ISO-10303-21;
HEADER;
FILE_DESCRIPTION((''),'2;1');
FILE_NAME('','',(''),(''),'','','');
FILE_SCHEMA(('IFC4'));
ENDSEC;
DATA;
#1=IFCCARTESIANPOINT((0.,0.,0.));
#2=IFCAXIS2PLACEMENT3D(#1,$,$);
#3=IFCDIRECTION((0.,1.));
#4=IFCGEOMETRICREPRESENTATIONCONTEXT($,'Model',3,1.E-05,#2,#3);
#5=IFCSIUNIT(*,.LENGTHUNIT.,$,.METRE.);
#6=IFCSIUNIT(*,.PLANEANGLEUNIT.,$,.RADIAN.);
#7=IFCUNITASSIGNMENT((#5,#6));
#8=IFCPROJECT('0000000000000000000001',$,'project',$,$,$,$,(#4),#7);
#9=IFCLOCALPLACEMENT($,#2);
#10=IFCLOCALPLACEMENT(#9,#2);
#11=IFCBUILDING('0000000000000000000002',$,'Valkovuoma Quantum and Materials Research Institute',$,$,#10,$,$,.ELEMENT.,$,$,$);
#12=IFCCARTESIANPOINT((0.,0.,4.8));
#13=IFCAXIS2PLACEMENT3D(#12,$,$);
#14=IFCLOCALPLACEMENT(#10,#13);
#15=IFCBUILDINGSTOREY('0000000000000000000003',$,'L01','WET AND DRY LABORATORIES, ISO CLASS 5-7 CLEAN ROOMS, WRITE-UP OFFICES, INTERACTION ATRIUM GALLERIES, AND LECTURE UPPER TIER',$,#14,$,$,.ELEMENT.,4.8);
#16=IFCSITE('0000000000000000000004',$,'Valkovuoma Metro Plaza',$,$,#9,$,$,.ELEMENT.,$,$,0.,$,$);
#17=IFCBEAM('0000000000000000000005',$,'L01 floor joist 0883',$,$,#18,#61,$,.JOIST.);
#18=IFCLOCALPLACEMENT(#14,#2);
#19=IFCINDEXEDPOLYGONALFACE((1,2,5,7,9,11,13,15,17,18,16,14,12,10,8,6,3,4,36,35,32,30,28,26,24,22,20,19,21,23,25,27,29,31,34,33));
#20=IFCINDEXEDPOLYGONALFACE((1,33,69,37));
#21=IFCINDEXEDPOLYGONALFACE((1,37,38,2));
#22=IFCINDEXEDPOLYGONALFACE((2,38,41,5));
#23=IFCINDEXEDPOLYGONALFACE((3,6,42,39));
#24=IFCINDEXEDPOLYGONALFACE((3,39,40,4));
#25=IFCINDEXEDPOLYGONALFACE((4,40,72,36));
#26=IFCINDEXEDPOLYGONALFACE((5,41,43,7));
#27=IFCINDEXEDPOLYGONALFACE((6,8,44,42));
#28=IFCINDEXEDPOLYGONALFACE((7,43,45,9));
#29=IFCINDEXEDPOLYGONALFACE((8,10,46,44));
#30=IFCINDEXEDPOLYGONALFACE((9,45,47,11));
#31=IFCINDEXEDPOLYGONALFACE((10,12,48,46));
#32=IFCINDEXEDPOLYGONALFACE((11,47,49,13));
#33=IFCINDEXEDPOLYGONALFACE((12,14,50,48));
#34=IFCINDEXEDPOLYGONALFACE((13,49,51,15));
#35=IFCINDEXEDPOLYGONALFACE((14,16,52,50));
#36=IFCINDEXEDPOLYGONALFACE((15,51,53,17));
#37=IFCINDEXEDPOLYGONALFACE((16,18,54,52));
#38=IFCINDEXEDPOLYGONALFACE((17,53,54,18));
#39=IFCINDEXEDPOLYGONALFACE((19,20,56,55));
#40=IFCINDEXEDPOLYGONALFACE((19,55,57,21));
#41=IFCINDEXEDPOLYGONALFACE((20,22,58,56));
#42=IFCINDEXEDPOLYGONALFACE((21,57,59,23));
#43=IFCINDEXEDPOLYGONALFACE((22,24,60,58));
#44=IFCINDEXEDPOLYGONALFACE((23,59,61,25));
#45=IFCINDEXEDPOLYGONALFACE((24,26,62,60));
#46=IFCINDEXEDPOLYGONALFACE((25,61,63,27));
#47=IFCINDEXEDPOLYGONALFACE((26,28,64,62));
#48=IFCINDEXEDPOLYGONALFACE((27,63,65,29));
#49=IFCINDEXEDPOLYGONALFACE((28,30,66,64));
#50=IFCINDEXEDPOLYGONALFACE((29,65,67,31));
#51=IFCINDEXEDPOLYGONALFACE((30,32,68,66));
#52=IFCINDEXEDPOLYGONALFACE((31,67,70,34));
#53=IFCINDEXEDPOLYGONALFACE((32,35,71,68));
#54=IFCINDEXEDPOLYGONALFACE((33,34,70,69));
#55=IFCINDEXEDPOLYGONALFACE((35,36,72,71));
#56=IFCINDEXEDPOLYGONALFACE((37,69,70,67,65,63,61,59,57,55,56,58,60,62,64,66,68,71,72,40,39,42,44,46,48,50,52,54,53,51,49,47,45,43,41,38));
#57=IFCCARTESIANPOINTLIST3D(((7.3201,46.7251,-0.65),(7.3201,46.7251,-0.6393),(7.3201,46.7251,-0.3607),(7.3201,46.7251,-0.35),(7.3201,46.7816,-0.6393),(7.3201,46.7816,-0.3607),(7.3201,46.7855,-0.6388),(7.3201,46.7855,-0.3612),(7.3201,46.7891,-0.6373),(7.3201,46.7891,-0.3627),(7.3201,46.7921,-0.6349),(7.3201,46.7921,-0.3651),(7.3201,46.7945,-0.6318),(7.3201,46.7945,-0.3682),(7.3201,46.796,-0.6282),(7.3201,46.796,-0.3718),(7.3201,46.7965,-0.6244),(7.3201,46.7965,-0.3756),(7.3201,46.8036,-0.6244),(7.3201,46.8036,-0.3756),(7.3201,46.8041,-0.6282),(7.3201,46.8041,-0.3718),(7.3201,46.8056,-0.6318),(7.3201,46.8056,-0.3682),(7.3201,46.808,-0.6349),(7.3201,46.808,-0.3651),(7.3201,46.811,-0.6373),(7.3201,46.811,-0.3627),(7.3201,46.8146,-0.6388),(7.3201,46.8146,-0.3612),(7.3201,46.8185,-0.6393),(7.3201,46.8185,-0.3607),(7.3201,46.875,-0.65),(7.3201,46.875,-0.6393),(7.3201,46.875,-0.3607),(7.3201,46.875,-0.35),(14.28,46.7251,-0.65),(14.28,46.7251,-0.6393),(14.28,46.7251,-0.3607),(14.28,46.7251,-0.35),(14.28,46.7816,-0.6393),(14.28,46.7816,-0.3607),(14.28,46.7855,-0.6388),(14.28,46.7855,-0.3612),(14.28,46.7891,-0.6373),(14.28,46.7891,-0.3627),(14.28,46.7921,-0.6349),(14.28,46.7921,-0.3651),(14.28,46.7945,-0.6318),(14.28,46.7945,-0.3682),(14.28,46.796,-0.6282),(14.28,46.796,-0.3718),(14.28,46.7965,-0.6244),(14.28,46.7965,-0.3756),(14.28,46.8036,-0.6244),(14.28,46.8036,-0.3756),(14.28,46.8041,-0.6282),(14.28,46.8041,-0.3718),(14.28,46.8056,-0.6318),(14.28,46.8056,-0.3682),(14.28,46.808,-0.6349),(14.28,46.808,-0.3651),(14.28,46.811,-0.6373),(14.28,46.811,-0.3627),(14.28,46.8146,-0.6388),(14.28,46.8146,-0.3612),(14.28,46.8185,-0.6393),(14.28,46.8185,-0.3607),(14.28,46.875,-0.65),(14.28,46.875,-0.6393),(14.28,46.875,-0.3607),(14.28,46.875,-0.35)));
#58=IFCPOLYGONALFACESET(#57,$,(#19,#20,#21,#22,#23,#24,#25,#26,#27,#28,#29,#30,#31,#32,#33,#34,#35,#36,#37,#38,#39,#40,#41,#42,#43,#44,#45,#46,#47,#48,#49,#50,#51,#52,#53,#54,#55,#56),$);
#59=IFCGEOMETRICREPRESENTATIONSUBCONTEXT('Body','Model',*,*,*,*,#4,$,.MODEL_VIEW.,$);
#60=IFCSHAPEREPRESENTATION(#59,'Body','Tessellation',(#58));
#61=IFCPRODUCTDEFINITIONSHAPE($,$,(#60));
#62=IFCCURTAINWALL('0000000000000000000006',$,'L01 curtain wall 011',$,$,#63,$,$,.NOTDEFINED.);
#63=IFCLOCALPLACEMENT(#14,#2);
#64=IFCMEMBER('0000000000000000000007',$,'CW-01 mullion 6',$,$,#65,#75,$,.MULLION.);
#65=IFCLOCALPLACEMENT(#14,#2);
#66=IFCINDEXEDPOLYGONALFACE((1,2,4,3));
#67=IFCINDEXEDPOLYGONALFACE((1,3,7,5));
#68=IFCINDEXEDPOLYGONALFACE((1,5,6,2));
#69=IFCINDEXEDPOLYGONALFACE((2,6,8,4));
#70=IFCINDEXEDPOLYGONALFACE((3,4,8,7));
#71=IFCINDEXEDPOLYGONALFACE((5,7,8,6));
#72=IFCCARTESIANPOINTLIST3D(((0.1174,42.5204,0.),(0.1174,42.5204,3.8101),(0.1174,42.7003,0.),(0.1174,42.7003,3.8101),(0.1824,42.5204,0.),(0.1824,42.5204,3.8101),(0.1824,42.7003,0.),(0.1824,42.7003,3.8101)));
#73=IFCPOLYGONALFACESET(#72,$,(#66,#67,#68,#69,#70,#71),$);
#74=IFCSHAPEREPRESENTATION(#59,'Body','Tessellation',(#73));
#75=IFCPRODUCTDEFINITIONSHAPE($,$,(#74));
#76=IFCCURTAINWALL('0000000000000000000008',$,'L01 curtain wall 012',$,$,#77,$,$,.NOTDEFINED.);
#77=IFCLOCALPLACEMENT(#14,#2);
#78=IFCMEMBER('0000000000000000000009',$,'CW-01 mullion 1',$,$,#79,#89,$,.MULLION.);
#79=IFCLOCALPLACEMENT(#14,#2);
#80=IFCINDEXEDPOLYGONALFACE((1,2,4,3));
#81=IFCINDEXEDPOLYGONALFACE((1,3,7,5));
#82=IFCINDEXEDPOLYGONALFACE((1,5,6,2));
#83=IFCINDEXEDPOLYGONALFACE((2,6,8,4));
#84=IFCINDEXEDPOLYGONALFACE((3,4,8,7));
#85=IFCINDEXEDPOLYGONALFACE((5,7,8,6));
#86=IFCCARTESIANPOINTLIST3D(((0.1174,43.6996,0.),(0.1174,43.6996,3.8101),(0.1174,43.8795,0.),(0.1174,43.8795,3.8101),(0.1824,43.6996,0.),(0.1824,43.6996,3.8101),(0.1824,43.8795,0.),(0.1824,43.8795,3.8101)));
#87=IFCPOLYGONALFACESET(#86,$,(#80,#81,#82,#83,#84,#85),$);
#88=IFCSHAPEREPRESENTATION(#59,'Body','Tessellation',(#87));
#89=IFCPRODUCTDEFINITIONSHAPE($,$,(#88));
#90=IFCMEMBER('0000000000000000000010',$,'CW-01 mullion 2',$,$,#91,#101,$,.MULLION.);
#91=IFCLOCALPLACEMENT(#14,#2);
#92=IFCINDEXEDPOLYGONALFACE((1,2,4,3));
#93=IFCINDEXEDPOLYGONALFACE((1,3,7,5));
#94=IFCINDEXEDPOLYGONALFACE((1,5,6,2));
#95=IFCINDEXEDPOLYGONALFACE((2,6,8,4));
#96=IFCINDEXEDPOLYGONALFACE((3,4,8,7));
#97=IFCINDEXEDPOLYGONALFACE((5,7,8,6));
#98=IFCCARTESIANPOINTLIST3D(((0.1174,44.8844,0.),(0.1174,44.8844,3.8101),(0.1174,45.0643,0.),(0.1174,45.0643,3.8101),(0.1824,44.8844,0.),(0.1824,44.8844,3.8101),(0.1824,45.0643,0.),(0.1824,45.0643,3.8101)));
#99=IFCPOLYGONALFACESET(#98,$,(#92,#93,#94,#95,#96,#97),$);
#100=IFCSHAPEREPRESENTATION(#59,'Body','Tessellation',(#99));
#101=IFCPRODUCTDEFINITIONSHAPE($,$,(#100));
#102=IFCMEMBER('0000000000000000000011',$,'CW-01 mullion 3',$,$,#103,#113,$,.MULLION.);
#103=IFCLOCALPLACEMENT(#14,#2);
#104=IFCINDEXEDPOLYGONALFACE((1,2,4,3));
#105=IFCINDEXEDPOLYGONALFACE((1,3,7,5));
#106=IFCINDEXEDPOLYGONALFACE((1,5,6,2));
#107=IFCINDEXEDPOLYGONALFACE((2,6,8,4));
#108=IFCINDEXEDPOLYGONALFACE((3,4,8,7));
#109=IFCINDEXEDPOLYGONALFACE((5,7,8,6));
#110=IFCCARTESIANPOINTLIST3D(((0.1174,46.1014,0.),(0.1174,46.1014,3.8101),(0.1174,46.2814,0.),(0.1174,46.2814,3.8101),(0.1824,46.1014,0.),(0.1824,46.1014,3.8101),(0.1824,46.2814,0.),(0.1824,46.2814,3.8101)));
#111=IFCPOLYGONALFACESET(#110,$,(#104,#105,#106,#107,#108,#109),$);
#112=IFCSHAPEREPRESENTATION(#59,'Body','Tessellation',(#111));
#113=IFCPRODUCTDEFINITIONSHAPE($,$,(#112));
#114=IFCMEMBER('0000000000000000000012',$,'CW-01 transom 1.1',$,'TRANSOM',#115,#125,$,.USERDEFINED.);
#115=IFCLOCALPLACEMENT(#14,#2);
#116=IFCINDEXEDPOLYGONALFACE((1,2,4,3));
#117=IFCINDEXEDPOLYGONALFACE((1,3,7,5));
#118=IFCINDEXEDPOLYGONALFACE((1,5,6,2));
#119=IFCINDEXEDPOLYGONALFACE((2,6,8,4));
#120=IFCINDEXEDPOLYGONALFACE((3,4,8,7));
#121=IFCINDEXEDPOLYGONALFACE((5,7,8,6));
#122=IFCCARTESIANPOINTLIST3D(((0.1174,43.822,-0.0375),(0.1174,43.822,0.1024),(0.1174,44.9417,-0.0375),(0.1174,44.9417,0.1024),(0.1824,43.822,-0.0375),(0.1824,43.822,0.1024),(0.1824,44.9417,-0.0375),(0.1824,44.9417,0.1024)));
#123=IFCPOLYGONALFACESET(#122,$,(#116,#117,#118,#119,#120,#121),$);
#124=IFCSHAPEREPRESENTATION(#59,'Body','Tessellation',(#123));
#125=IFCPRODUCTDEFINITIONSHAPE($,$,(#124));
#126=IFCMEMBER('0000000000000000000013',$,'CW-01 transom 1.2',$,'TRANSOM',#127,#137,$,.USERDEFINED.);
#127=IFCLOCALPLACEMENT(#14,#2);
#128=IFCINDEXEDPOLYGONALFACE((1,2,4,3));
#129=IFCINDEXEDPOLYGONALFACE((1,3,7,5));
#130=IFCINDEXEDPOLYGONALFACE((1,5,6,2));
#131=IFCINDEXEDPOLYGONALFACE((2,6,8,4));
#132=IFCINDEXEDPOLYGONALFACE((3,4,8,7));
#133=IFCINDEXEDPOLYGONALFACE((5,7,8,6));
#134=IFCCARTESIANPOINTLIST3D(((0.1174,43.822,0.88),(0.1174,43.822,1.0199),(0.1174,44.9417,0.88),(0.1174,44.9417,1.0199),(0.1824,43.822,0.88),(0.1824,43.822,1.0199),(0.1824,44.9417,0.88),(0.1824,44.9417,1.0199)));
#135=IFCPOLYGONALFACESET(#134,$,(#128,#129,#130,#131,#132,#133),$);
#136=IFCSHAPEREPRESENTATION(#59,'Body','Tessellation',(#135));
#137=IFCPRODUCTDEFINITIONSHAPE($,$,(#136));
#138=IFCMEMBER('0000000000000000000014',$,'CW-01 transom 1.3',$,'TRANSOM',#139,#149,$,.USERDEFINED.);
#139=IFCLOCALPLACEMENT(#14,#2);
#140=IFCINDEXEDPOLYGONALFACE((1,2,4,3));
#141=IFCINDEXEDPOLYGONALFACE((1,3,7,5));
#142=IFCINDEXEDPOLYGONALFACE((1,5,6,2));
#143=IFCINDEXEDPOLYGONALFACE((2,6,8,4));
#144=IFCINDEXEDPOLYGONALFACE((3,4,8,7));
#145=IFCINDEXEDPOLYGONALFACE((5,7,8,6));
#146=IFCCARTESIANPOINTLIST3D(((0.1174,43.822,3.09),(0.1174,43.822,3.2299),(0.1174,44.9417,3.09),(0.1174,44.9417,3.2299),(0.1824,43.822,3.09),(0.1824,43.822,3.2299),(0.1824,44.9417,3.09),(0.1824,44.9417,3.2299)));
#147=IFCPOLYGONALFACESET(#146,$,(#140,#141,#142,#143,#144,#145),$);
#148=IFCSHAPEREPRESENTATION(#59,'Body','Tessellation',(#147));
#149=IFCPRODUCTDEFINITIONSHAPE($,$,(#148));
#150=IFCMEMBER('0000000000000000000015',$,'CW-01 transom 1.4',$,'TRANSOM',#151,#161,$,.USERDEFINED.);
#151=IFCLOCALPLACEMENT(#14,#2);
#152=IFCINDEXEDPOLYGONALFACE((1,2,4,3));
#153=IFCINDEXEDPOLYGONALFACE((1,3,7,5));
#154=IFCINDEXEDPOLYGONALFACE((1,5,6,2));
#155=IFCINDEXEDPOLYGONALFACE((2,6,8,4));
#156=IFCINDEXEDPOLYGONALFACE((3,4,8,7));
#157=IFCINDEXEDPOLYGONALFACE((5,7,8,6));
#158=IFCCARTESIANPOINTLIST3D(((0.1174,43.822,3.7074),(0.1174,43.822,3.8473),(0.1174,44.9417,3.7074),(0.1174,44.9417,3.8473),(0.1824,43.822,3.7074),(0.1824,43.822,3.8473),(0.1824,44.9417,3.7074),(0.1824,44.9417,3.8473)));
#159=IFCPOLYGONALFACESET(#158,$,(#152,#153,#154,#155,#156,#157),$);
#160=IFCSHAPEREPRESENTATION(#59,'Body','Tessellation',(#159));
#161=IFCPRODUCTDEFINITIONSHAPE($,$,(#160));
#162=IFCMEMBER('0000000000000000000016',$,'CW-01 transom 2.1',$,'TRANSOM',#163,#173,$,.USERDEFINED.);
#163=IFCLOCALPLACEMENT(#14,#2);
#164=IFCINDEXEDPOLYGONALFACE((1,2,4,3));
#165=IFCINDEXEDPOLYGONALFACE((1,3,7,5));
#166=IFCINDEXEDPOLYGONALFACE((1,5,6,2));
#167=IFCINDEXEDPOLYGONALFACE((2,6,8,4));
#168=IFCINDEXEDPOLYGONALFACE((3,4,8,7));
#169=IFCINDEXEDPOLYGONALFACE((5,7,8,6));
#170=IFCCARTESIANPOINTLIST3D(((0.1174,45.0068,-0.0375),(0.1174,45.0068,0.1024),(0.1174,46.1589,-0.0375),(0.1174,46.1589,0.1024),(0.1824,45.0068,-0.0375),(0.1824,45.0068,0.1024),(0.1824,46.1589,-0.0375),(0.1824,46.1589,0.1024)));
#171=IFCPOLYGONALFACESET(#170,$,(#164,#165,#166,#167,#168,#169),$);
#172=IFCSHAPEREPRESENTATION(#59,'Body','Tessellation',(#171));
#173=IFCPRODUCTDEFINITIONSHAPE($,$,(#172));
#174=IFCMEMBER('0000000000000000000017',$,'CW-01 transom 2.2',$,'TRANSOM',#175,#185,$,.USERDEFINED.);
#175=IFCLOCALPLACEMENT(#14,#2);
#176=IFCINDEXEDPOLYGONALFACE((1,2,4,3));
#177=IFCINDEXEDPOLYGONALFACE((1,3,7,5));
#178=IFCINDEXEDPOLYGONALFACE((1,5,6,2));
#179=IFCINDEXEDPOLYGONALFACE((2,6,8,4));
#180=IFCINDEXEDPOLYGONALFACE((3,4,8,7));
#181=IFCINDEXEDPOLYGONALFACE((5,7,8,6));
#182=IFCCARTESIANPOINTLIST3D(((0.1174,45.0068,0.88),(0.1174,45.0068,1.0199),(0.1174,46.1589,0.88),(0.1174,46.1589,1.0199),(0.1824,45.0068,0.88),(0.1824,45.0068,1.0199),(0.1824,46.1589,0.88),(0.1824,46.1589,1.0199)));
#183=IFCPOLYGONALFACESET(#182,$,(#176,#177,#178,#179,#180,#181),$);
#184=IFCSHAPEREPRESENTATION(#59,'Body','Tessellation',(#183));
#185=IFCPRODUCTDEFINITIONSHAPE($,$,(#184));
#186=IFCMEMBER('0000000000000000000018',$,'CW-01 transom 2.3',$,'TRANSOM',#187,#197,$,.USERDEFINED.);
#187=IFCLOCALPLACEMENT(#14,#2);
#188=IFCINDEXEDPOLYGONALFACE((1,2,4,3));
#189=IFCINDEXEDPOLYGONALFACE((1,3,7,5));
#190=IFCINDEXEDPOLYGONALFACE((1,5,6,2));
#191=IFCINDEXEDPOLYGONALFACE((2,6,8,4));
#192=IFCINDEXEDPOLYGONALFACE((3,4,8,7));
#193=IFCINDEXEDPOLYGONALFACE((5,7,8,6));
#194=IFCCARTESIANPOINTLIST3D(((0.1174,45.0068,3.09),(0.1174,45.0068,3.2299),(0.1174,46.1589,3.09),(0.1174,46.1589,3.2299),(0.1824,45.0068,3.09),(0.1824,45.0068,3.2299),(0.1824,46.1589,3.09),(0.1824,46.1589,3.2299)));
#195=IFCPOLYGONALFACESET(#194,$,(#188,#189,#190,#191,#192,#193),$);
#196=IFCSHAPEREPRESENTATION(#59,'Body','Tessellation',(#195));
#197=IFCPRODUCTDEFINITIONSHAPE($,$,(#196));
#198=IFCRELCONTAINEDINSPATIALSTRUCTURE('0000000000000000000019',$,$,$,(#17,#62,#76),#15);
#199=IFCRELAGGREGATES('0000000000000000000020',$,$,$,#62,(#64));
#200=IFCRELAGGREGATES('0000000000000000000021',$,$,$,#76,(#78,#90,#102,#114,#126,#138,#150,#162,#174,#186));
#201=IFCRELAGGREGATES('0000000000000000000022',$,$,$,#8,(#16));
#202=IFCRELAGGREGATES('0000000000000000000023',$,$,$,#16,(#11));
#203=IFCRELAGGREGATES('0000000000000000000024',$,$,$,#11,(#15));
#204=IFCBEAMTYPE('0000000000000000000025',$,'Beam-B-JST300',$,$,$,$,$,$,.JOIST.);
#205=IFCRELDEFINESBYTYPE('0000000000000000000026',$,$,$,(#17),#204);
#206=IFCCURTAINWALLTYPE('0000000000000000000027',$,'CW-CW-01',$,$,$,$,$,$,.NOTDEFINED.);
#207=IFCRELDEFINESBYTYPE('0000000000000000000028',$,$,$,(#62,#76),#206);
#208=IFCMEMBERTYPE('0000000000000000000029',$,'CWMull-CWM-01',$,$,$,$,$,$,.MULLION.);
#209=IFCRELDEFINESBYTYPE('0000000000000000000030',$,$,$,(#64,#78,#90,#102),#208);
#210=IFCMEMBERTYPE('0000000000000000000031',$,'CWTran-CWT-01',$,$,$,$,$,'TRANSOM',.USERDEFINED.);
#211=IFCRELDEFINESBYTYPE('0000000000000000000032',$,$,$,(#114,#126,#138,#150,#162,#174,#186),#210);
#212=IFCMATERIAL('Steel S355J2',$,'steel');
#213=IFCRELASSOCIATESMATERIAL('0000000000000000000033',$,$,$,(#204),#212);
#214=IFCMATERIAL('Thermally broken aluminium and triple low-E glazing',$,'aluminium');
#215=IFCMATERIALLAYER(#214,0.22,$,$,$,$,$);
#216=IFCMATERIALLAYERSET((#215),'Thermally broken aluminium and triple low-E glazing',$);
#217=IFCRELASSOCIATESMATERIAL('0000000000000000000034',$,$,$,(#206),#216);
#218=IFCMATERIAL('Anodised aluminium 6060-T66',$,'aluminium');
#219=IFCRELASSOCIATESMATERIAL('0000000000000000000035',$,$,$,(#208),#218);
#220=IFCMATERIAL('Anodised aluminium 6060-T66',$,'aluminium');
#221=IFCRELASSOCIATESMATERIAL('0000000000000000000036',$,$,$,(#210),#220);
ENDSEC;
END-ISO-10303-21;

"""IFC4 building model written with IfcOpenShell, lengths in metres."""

from ifc_helpers import new_model, si_unit, direction, frame, origin, origin_2d, place, context, subcontext, project, spatial, rectangle, i_section, extrude, material, layer, layer_set, material_profile, profile_set, type_object, element, aggregate, save


model = new_model("IFC4")

# Units and contexts
model_context = context("Model", 3, precision=1e-05, world=origin(), true_north=direction((0.0, 1.0)))
body_context = subcontext(model_context, "Body", "Model", "MODEL_VIEW")
ifc_project = project(units=[si_unit("LENGTHUNIT", "METRE"), si_unit("PLANEANGLEUNIT", "RADIAN")], contexts=[model_context])

# Site, building, storey
site_placement = place(None, origin())
site = spatial("IfcSite", under=ifc_project, at=site_placement, Name="Valkovuoma Metro Plaza", CompositionType="ELEMENT", RefElevation=0.0)
building_placement = place(site_placement, origin())
building = spatial("IfcBuilding", under=site, at=building_placement, Name="Valkovuoma Quantum and Materials Research Institute", CompositionType="ELEMENT")
storey_placement = place(building_placement, frame((0.0, 0.0, 4.8)))
storey = spatial("IfcBuildingStorey", under=building, at=storey_placement, Name="L01", Description="WET AND DRY LABORATORIES, ISO CLASS 5-7 CLEAN ROOMS, WRITE-UP OFFICES, INTERACTION ATRIUM GALLERIES, AND LECTURE UPPER TIER", CompositionType="ELEMENT", Elevation=4.8)

# Beam
ifc_material_1 = material(Name="Steel S355J2", Category="steel")
ifc_material_profile_1 = material_profile(ifc_material_1, i_section(OverallWidth=0.1499, OverallDepth=0.3, WebThickness=0.0071, FlangeThickness=0.0107, FilletRadius=0.0149, at=origin_2d()), Name="Steel S355J2")
ifc_profile_set_1 = profile_set([ifc_material_profile_1], Name="Steel S355J2")
beam_type_1 = type_object("IfcBeamType", Name="Beam-B-JST300", PredefinedType="JOIST", material=ifc_profile_set_1)
for number, where, z_axis, x_axis, name in (
    (1, (7.3201, 46.8, -0.5), (1.0, 0.0, 0.0), (0.0, 1.0, 0.0), "L01 floor joist 0883"),
):
    element("IfcBeam", number, at=place(storey_placement, frame(where, z_axis=z_axis, x_axis=x_axis)), inside=storey, type_object=beam_type_1, Name=name, PredefinedType="JOIST", context=body_context, shape_type="SweptSolid", body=[
        extrude(i_section(OverallWidth=0.1499, OverallDepth=0.3, WebThickness=0.0071, FlangeThickness=0.0107, FilletRadius=0.0149, at=origin_2d()), origin(), (0.0, 0.0, 1.0), 6.96),
    ])

# Curtain wall, member
ifc_material_2 = material(Name="Thermally broken aluminium and triple low-E glazing", Category="aluminium")
ifc_layer_1 = layer(ifc_material_2, 0.22)
ifc_layer_set_1 = layer_set([ifc_layer_1], Name="Thermally broken aluminium and triple low-E glazing")
curtain_wall_type = type_object("IfcCurtainWallType", Name="CW-CW-01", PredefinedType="NOTDEFINED", material=ifc_layer_set_1)
curtain_wall_1_placement = place(storey_placement, origin())
curtain_wall_1 = element("IfcCurtainWall", 2, at=curtain_wall_1_placement, inside=storey, type_object=curtain_wall_type, Name="L01 curtain wall 011", PredefinedType="NOTDEFINED")
ifc_material_3 = material(Name="Anodised aluminium 6060-T66", Category="aluminium")
ifc_material_profile_2 = material_profile(ifc_material_3, rectangle(XDim=0.0649, YDim=0.1799, at=origin_2d()), Name="Anodised aluminium 6060-T66")
ifc_profile_set_2 = profile_set([ifc_material_profile_2], Name="Anodised aluminium 6060-T66")
member_type_1 = type_object("IfcMemberType", Name="CWMull-CWM-01", PredefinedType="MULLION", material=ifc_profile_set_2)
member_1_placement = place(storey_placement, frame((0.1499, 42.6104, 0.0), z_axis=(0.0, 0.0, 1.0), x_axis=(-1.0, 0.0, 0.0)))
member_1 = element("IfcMember", 3, at=member_1_placement, type_object=member_type_1, Name="CW-01 mullion 6", PredefinedType="MULLION", context=body_context, shape_type="SweptSolid", body=[
    extrude(rectangle(XDim=0.0649, YDim=0.1799, at=origin_2d()), origin(), (0.0, 0.0, 1.0), 3.8101),
])
aggregate(curtain_wall_1, [member_1])

# Curtain wall, members
curtain_wall_2_placement = place(storey_placement, origin())
curtain_wall_2 = element("IfcCurtainWall", 4, at=curtain_wall_2_placement, inside=storey, type_object=curtain_wall_type, Name="L01 curtain wall 012", PredefinedType="NOTDEFINED")
member_2_placement = place(storey_placement, frame((0.1499, 43.7896, 0.0), z_axis=(0.0, 0.0, 1.0), x_axis=(-1.0, 0.0, 0.0)))
member_2 = element("IfcMember", 5, at=member_2_placement, type_object=member_type_1, Name="CW-01 mullion 1", PredefinedType="MULLION", context=body_context, shape_type="SweptSolid", body=[
    extrude(rectangle(XDim=0.0649, YDim=0.1799, at=origin_2d()), origin(), (0.0, 0.0, 1.0), 3.8101),
])
member_3_placement = place(storey_placement, frame((0.1499, 44.9744, 0.0), z_axis=(0.0, 0.0, 1.0), x_axis=(-1.0, 0.0, 0.0)))
member_3 = element("IfcMember", 6, at=member_3_placement, type_object=member_type_1, Name="CW-01 mullion 2", PredefinedType="MULLION", context=body_context, shape_type="SweptSolid", body=[
    extrude(rectangle(XDim=0.0649, YDim=0.1799, at=origin_2d()), origin(), (0.0, 0.0, 1.0), 3.8101),
])
member_4_placement = place(storey_placement, frame((0.1499, 46.1914, 0.0), z_axis=(0.0, 0.0, 1.0), x_axis=(-1.0, 0.0, 0.0)))
member_4 = element("IfcMember", 7, at=member_4_placement, type_object=member_type_1, Name="CW-01 mullion 3", PredefinedType="MULLION", context=body_context, shape_type="SweptSolid", body=[
    extrude(rectangle(XDim=0.0649, YDim=0.1799, at=origin_2d()), origin(), (0.0, 0.0, 1.0), 3.8101),
])
ifc_material_4 = material(Name="Anodised aluminium 6060-T66", Category="aluminium")
ifc_material_profile_3 = material_profile(ifc_material_4, rectangle(XDim=0.0649, YDim=0.1399, at=origin_2d()), Name="Anodised aluminium 6060-T66")
ifc_profile_set_3 = profile_set([ifc_material_profile_3], Name="Anodised aluminium 6060-T66")
member_type_2 = type_object("IfcMemberType", Name="CWTran-CWT-01", ElementType="TRANSOM", PredefinedType="USERDEFINED", material=ifc_profile_set_3)
member_5_placement = place(storey_placement, frame((0.1499, 43.822, 0.0325), z_axis=(0.0, 1.0, 0.0), x_axis=(-1.0, 0.0, 0.0)))
member_5 = element("IfcMember", 8, at=member_5_placement, type_object=member_type_2, Name="CW-01 transom 1.1", ObjectType="TRANSOM", PredefinedType="USERDEFINED", context=body_context, shape_type="SweptSolid", body=[
    extrude(rectangle(XDim=0.0649, YDim=0.1399, at=origin_2d()), origin(), (0.0, 0.0, 1.0), 1.1196),
])
member_6_placement = place(storey_placement, frame((0.1499, 43.822, 0.95), z_axis=(0.0, 1.0, 0.0), x_axis=(-1.0, 0.0, 0.0)))
member_6 = element("IfcMember", 9, at=member_6_placement, type_object=member_type_2, Name="CW-01 transom 1.2", ObjectType="TRANSOM", PredefinedType="USERDEFINED", context=body_context, shape_type="SweptSolid", body=[
    extrude(rectangle(XDim=0.0649, YDim=0.1399, at=origin_2d()), origin(), (0.0, 0.0, 1.0), 1.1196),
])
member_7_placement = place(storey_placement, frame((0.1499, 43.822, 3.1599), z_axis=(0.0, 1.0, 0.0), x_axis=(-1.0, 0.0, 0.0)))
member_7 = element("IfcMember", 10, at=member_7_placement, type_object=member_type_2, Name="CW-01 transom 1.3", ObjectType="TRANSOM", PredefinedType="USERDEFINED", context=body_context, shape_type="SweptSolid", body=[
    extrude(rectangle(XDim=0.0649, YDim=0.1399, at=origin_2d()), origin(), (0.0, 0.0, 1.0), 1.1196),
])
member_8_placement = place(storey_placement, frame((0.1499, 43.822, 3.7773), z_axis=(0.0, 1.0, 0.0), x_axis=(-1.0, 0.0, 0.0)))
member_8 = element("IfcMember", 11, at=member_8_placement, type_object=member_type_2, Name="CW-01 transom 1.4", ObjectType="TRANSOM", PredefinedType="USERDEFINED", context=body_context, shape_type="SweptSolid", body=[
    extrude(rectangle(XDim=0.0649, YDim=0.1399, at=origin_2d()), origin(), (0.0, 0.0, 1.0), 1.1196),
])
member_9_placement = place(storey_placement, frame((0.1499, 45.0068, 0.0325), z_axis=(0.0, 1.0, 0.0), x_axis=(-1.0, 0.0, 0.0)))
member_9 = element("IfcMember", 12, at=member_9_placement, type_object=member_type_2, Name="CW-01 transom 2.1", ObjectType="TRANSOM", PredefinedType="USERDEFINED", context=body_context, shape_type="SweptSolid", body=[
    extrude(rectangle(XDim=0.0649, YDim=0.1399, at=origin_2d()), origin(), (0.0, 0.0, 1.0), 1.1521),
])
member_10_placement = place(storey_placement, frame((0.1499, 45.0068, 0.95), z_axis=(0.0, 1.0, 0.0), x_axis=(-1.0, 0.0, 0.0)))
member_10 = element("IfcMember", 13, at=member_10_placement, type_object=member_type_2, Name="CW-01 transom 2.2", ObjectType="TRANSOM", PredefinedType="USERDEFINED", context=body_context, shape_type="SweptSolid", body=[
    extrude(rectangle(XDim=0.0649, YDim=0.1399, at=origin_2d()), origin(), (0.0, 0.0, 1.0), 1.1521),
])
member_11_placement = place(storey_placement, frame((0.1499, 45.0068, 3.1599), z_axis=(0.0, 1.0, 0.0), x_axis=(-1.0, 0.0, 0.0)))
member_11 = element("IfcMember", 14, at=member_11_placement, type_object=member_type_2, Name="CW-01 transom 2.3", ObjectType="TRANSOM", PredefinedType="USERDEFINED", context=body_context, shape_type="SweptSolid", body=[
    extrude(rectangle(XDim=0.0649, YDim=0.1399, at=origin_2d()), origin(), (0.0, 0.0, 1.0), 1.1521),
])
aggregate(curtain_wall_2, [member_2, member_3, member_4, member_5, member_6, member_7, member_8, member_9, member_10, member_11])

save(model, "model.ifc")
